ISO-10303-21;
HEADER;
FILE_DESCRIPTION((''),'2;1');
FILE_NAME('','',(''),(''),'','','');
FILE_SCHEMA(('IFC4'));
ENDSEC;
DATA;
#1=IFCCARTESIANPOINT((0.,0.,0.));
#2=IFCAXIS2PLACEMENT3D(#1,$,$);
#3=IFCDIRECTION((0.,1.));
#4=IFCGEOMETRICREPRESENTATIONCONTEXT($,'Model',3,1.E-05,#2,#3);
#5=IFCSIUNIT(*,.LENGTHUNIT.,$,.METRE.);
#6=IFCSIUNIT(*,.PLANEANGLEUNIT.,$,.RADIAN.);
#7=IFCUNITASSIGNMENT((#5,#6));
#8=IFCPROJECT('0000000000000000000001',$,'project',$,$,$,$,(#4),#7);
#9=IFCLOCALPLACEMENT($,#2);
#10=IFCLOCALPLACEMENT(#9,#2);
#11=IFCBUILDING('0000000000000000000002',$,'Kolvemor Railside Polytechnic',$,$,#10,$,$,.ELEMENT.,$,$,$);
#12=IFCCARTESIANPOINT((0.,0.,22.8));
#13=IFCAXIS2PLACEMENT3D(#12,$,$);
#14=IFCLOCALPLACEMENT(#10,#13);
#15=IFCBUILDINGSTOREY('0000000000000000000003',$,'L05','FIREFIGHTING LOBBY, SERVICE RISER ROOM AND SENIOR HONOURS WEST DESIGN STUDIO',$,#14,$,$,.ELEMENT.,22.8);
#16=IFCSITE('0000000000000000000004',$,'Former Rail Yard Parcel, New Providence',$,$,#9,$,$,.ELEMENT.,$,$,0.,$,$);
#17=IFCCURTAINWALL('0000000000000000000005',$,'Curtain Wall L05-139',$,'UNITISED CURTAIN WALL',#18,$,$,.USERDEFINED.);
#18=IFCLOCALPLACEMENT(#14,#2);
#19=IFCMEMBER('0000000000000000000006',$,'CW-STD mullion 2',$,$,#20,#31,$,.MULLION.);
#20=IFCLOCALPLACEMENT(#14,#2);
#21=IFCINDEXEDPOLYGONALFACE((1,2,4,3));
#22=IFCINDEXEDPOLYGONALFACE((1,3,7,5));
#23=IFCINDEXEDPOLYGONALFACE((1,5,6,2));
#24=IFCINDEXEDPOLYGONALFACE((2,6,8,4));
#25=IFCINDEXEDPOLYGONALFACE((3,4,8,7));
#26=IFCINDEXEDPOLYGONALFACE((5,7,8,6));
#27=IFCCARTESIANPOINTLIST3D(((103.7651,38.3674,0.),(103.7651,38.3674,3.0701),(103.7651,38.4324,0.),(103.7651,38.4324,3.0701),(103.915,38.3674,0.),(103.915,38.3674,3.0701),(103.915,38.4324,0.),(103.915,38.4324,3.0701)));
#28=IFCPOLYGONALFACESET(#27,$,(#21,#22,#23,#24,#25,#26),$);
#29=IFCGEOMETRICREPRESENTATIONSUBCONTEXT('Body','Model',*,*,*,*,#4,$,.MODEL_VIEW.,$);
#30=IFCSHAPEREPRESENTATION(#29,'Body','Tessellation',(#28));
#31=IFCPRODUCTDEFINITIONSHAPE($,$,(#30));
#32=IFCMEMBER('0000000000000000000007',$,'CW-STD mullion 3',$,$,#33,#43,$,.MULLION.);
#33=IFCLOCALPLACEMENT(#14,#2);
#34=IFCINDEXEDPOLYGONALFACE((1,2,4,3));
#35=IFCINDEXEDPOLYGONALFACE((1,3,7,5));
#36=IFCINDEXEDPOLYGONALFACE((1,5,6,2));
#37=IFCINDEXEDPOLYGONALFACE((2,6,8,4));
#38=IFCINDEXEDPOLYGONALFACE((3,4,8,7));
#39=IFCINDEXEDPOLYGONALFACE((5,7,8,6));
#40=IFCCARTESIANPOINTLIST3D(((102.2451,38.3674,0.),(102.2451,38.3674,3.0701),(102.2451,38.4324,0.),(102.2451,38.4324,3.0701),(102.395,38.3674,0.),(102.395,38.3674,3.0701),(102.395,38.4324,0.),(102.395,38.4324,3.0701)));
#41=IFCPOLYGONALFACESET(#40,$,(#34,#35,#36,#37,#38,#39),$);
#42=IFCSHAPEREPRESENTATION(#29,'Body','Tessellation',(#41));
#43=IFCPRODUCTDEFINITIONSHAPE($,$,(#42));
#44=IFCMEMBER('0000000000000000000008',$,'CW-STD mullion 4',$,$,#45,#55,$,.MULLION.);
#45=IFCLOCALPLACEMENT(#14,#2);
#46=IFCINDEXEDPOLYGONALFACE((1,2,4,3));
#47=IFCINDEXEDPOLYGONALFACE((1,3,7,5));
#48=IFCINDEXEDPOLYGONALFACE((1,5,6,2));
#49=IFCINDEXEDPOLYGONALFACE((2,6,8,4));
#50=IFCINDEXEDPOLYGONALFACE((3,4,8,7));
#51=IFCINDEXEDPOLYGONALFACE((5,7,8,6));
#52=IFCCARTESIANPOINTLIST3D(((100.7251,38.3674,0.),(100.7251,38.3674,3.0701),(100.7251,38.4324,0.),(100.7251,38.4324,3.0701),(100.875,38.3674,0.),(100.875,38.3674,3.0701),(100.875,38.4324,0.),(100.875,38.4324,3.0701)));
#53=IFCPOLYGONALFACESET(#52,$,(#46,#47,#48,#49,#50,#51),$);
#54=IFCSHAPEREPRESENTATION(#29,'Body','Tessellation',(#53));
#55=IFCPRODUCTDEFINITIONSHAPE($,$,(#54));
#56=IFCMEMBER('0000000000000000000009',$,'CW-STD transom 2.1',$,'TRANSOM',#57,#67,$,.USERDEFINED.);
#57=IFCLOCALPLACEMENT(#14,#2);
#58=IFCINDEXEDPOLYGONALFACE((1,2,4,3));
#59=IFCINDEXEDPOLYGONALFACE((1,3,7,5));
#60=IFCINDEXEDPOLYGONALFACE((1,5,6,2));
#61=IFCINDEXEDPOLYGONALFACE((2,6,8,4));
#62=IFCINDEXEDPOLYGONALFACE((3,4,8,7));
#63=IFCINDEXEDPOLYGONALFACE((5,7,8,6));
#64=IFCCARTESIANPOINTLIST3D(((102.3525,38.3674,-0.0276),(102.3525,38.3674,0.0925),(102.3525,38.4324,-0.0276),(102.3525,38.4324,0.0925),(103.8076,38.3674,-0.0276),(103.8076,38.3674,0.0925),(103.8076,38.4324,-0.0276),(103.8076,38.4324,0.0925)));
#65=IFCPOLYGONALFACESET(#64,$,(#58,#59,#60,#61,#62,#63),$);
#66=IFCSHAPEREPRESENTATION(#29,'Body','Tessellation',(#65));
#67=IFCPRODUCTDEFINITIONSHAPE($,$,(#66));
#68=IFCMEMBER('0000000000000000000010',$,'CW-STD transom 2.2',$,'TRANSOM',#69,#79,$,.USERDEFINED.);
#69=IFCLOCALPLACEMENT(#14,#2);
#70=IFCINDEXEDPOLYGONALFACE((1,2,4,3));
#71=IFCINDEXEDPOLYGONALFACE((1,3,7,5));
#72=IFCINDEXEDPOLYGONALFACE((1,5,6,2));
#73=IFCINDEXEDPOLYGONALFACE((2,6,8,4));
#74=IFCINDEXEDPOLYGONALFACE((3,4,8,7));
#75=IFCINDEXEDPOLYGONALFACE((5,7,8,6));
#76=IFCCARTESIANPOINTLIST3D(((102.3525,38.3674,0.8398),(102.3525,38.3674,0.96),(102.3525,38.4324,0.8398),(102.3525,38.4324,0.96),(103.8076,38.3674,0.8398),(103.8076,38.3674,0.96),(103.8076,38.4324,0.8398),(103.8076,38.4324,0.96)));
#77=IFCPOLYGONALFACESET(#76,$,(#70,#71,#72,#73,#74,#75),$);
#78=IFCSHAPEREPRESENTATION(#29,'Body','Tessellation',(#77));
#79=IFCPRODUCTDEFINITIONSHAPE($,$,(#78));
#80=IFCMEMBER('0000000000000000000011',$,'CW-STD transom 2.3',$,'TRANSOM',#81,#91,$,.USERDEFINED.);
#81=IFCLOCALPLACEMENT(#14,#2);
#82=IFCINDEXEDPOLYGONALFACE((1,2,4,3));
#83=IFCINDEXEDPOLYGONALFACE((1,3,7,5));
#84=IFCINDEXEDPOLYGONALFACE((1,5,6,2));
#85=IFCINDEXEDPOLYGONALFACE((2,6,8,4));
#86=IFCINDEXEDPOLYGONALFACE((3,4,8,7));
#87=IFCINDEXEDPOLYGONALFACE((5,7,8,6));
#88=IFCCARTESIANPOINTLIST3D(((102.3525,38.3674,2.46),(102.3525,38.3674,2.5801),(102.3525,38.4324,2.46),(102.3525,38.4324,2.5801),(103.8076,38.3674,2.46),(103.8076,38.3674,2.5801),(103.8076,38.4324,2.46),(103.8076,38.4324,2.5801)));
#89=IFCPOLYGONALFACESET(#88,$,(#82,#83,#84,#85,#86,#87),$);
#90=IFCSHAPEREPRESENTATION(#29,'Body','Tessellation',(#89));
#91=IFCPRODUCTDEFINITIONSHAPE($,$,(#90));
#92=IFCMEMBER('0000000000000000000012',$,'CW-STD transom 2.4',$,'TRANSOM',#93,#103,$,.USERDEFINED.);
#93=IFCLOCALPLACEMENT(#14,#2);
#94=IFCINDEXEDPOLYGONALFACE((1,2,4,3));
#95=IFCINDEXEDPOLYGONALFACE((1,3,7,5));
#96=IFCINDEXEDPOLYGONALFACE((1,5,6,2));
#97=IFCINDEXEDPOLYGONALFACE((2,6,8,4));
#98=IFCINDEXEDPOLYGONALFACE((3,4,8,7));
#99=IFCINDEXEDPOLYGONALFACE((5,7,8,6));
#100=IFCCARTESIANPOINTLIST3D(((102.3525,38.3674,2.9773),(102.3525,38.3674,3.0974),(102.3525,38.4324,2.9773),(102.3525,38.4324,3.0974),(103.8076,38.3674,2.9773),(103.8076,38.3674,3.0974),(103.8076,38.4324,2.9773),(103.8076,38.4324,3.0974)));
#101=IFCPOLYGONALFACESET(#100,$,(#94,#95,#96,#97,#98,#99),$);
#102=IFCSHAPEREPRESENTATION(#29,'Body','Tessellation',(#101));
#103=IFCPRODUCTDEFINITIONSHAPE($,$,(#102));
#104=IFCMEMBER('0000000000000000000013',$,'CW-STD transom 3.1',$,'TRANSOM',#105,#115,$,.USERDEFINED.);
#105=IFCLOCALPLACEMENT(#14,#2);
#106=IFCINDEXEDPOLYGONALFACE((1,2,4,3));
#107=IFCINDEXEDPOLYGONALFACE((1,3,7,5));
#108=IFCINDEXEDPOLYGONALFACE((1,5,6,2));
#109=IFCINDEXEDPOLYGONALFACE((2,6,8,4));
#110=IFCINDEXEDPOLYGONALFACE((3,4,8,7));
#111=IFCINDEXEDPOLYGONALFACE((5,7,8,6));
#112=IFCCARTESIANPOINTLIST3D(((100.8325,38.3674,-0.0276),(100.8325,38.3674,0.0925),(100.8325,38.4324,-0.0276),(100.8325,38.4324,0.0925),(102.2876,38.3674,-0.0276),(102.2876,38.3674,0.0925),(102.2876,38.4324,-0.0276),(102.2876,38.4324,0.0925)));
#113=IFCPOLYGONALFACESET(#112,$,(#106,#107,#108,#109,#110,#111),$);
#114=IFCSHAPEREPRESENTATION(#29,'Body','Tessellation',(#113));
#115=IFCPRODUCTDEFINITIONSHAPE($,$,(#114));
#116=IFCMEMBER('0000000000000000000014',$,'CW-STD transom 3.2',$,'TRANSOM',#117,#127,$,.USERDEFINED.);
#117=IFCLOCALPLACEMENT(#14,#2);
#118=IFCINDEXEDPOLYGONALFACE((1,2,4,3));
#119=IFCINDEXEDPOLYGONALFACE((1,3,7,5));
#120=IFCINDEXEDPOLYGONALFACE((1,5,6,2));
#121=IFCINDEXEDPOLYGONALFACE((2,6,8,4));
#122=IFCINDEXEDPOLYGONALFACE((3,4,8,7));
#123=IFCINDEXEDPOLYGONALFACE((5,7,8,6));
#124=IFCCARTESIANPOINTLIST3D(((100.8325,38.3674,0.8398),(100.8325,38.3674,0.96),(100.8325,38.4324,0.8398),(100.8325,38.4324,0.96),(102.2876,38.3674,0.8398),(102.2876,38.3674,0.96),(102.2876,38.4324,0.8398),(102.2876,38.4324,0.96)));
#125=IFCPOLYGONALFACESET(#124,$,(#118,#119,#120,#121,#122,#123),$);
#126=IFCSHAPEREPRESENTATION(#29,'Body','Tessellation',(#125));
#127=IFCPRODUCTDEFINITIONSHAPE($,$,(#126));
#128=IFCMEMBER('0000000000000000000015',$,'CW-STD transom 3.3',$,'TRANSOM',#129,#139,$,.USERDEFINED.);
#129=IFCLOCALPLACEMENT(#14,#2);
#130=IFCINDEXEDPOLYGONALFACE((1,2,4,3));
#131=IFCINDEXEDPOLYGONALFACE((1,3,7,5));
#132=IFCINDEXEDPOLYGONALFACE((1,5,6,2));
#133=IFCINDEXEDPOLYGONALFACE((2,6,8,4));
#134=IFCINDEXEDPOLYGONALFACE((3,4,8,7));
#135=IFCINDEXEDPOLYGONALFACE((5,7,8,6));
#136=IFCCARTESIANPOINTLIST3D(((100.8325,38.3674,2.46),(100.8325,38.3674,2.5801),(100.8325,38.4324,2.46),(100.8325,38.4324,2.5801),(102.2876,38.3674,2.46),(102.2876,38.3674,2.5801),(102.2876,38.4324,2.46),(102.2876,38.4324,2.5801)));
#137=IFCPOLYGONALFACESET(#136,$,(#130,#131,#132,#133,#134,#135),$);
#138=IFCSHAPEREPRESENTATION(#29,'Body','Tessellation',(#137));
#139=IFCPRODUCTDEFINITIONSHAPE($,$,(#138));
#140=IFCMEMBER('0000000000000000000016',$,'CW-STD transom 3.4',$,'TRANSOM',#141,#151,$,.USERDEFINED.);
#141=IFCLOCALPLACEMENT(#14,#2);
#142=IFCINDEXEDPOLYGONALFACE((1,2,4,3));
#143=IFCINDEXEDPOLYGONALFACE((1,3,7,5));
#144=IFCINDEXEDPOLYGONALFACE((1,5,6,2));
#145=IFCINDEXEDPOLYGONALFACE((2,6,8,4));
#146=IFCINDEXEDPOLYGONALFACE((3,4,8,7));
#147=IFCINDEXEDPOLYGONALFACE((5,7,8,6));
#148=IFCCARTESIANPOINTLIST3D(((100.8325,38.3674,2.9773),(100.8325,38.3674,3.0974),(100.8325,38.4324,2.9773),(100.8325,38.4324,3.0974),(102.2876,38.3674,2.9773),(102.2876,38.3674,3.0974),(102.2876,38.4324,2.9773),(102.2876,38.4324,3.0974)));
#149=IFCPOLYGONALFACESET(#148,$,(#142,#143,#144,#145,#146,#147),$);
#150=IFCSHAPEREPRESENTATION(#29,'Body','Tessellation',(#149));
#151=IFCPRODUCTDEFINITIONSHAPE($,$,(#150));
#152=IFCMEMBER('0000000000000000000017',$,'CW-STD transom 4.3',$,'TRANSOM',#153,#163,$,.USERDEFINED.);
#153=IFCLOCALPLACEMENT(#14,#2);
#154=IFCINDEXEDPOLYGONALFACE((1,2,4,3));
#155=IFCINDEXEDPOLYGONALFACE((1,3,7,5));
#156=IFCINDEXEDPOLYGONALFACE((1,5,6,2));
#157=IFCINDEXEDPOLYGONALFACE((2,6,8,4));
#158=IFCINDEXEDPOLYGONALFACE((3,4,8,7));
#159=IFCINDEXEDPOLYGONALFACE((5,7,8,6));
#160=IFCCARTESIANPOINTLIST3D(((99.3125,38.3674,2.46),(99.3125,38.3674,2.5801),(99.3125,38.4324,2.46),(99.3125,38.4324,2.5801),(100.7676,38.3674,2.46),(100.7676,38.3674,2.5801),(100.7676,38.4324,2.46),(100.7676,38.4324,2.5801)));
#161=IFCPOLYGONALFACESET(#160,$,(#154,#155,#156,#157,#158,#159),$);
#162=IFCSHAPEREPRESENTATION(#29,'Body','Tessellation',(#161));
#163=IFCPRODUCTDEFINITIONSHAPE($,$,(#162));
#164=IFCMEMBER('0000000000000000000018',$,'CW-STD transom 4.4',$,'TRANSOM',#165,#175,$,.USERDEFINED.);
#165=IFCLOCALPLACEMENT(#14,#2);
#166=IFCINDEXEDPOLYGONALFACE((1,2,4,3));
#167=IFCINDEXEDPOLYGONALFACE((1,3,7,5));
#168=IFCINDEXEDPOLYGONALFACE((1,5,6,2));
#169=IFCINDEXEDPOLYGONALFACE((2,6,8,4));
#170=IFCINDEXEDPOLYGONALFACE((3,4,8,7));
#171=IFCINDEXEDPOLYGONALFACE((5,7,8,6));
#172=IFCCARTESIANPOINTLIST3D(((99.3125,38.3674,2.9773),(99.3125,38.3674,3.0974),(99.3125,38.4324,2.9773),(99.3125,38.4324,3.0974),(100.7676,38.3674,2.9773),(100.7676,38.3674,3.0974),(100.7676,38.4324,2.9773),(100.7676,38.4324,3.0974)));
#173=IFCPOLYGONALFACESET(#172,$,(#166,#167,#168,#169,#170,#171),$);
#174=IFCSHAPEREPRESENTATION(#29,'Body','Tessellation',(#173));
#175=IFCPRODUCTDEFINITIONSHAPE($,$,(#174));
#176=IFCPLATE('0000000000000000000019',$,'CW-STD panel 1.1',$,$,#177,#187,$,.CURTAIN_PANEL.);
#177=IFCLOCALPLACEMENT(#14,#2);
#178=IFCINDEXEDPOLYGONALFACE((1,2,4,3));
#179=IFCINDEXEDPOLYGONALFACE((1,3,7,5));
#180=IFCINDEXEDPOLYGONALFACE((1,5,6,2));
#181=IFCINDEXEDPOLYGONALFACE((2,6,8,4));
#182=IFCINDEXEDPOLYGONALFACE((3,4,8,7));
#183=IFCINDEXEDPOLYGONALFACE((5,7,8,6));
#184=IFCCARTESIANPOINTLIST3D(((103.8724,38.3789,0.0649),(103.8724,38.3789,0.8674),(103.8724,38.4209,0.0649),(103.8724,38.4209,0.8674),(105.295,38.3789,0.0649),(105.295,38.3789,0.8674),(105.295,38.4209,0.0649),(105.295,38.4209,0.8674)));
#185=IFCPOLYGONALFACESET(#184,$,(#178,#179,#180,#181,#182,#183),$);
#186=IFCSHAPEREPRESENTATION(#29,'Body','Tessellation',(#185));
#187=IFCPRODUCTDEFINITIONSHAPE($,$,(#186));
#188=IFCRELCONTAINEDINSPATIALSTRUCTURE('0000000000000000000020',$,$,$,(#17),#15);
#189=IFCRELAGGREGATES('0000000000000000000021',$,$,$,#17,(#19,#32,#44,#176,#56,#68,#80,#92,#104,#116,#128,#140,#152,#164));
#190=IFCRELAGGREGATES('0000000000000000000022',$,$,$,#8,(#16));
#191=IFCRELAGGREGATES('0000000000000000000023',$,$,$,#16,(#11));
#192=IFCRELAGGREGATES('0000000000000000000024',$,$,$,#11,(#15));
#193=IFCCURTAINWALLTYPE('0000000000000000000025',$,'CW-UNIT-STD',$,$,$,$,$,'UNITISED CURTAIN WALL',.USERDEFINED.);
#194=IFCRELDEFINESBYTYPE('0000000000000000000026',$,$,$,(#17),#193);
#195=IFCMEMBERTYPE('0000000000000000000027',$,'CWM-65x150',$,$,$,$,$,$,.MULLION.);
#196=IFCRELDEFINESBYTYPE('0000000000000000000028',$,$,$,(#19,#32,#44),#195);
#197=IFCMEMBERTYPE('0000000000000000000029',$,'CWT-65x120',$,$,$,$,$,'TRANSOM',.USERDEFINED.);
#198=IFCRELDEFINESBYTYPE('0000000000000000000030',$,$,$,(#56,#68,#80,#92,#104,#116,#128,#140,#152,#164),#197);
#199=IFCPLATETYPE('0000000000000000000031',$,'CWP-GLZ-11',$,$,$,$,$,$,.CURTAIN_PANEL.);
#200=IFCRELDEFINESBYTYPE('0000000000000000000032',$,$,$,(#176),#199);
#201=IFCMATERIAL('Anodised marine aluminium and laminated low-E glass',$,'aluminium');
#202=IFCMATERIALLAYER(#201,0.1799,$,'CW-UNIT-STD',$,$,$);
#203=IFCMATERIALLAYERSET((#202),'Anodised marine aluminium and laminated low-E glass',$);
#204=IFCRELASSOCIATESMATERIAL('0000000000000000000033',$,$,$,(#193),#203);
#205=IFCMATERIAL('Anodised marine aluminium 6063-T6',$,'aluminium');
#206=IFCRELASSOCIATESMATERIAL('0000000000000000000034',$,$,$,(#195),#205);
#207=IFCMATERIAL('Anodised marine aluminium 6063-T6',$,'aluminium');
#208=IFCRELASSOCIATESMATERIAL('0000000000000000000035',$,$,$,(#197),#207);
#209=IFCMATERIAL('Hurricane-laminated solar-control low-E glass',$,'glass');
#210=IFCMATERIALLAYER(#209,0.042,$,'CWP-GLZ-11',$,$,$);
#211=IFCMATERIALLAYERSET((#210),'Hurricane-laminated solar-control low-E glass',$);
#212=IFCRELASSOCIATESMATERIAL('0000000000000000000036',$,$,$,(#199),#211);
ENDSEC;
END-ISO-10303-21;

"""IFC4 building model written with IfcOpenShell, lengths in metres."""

from ifc_helpers import new_model, si_unit, direction, frame, origin, origin_2d, place, context, subcontext, project, spatial, rectangle, extrude, material, layer, layer_set, material_profile, profile_set, type_object, element, aggregate, save


model = new_model("IFC4")

# Units and contexts
model_context = context("Model", 3, precision=1e-05, world=origin(), true_north=direction((0.0, 1.0)))
body_context = subcontext(model_context, "Body", "Model", "MODEL_VIEW")
ifc_project = project(units=[si_unit("LENGTHUNIT", "METRE"), si_unit("PLANEANGLEUNIT", "RADIAN")], contexts=[model_context])

# Site, building, storey
site_placement = place(None, origin())
site = spatial("IfcSite", under=ifc_project, at=site_placement, Name="Former Rail Yard Parcel, New Providence", CompositionType="ELEMENT", RefElevation=0.0)
building_placement = place(site_placement, origin())
building = spatial("IfcBuilding", under=site, at=building_placement, Name="Kolvemor Railside Polytechnic", CompositionType="ELEMENT")
storey_placement = place(building_placement, frame((0.0, 0.0, 22.8)))
storey = spatial("IfcBuildingStorey", under=building, at=storey_placement, Name="L05", Description="FIREFIGHTING LOBBY, SERVICE RISER ROOM AND SENIOR HONOURS WEST DESIGN STUDIO", CompositionType="ELEMENT", Elevation=22.8)

# Curtain wall, members, plate
ifc_material_1 = material(Name="Anodised marine aluminium and laminated low-E glass", Category="aluminium")
ifc_layer_1 = layer(ifc_material_1, 0.1799, Name="CW-UNIT-STD")
ifc_layer_set_1 = layer_set([ifc_layer_1], Name="Anodised marine aluminium and laminated low-E glass")
curtain_wall_type = type_object("IfcCurtainWallType", Name="CW-UNIT-STD", ElementType="UNITISED CURTAIN WALL", PredefinedType="USERDEFINED", material=ifc_layer_set_1)
curtain_wall_placement = place(storey_placement, origin())
curtain_wall = element("IfcCurtainWall", 1, at=curtain_wall_placement, inside=storey, type_object=curtain_wall_type, Name="Curtain Wall L05-139", ObjectType="UNITISED CURTAIN WALL", PredefinedType="USERDEFINED")
ifc_material_2 = material(Name="Anodised marine aluminium 6063-T6", Category="aluminium")
ifc_material_profile_1 = material_profile(ifc_material_2, rectangle(XDim=0.0649, YDim=0.1499, at=origin_2d()), Name="CW-MUL-65x150")
ifc_profile_set_1 = profile_set([ifc_material_profile_1], Name="Anodised marine aluminium 6063-T6")
member_type_1 = type_object("IfcMemberType", Name="CWM-65x150", PredefinedType="MULLION", material=ifc_profile_set_1)
member_1_placement = place(storey_placement, frame((103.8401, 38.3999, 0.0), z_axis=(0.0, 0.0, 1.0), x_axis=(0.0, -1.0, 0.0)))
member_1 = element("IfcMember", 2, at=member_1_placement, type_object=member_type_1, Name="CW-STD mullion 2", PredefinedType="MULLION", context=body_context, shape_type="SweptSolid", body=[
    extrude(rectangle(XDim=0.0649, YDim=0.1499, at=origin_2d()), origin(), (0.0, 0.0, 1.0), 3.0701),
])
member_2_placement = place(storey_placement, frame((102.3201, 38.3999, 0.0), z_axis=(0.0, 0.0, 1.0), x_axis=(0.0, -1.0, 0.0)))
member_2 = element("IfcMember", 3, at=member_2_placement, type_object=member_type_1, Name="CW-STD mullion 3", PredefinedType="MULLION", context=body_context, shape_type="SweptSolid", body=[
    extrude(rectangle(XDim=0.0649, YDim=0.1499, at=origin_2d()), origin(), (0.0, 0.0, 1.0), 3.0701),
])
member_3_placement = place(storey_placement, frame((100.8, 38.3999, 0.0), z_axis=(0.0, 0.0, 1.0), x_axis=(0.0, -1.0, 0.0)))
member_3 = element("IfcMember", 4, at=member_3_placement, type_object=member_type_1, Name="CW-STD mullion 4", PredefinedType="MULLION", context=body_context, shape_type="SweptSolid", body=[
    extrude(rectangle(XDim=0.0649, YDim=0.1499, at=origin_2d()), origin(), (0.0, 0.0, 1.0), 3.0701),
])
ifc_material_3 = material(Name="Anodised marine aluminium 6063-T6", Category="aluminium")
ifc_material_profile_2 = material_profile(ifc_material_3, rectangle(XDim=0.0649, YDim=0.1201, at=origin_2d()), Name="CW-TRN-65x120")
ifc_profile_set_2 = profile_set([ifc_material_profile_2], Name="Anodised marine aluminium 6063-T6")
member_type_2 = type_object("IfcMemberType", Name="CWT-65x120", ElementType="TRANSOM", PredefinedType="USERDEFINED", material=ifc_profile_set_2)
member_4_placement = place(storey_placement, frame((103.8076, 38.3999, 0.0325), z_axis=(-1.0, 0.0, 0.0), x_axis=(0.0, -1.0, 0.0)))
member_4 = element("IfcMember", 5, at=member_4_placement, type_object=member_type_2, Name="CW-STD transom 2.1", ObjectType="TRANSOM", PredefinedType="USERDEFINED", context=body_context, shape_type="SweptSolid", body=[
    extrude(rectangle(XDim=0.0649, YDim=0.1201, at=origin_2d()), origin(), (0.0, 0.0, 1.0), 1.4551),
])
member_5_placement = place(storey_placement, frame((103.8076, 38.3999, 0.8999), z_axis=(-1.0, 0.0, 0.0), x_axis=(0.0, -1.0, 0.0)))
member_5 = element("IfcMember", 6, at=member_5_placement, type_object=member_type_2, Name="CW-STD transom 2.2", ObjectType="TRANSOM", PredefinedType="USERDEFINED", context=body_context, shape_type="SweptSolid", body=[
    extrude(rectangle(XDim=0.0649, YDim=0.1201, at=origin_2d()), origin(), (0.0, 0.0, 1.0), 1.4551),
])
member_6_placement = place(storey_placement, frame((103.8076, 38.3999, 2.52), z_axis=(-1.0, 0.0, 0.0), x_axis=(0.0, -1.0, 0.0)))
member_6 = element("IfcMember", 7, at=member_6_placement, type_object=member_type_2, Name="CW-STD transom 2.3", ObjectType="TRANSOM", PredefinedType="USERDEFINED", context=body_context, shape_type="SweptSolid", body=[
    extrude(rectangle(XDim=0.0649, YDim=0.1201, at=origin_2d()), origin(), (0.0, 0.0, 1.0), 1.4551),
])
member_7_placement = place(storey_placement, frame((103.8076, 38.3999, 3.0374), z_axis=(-1.0, 0.0, 0.0), x_axis=(0.0, -1.0, 0.0)))
member_7 = element("IfcMember", 8, at=member_7_placement, type_object=member_type_2, Name="CW-STD transom 2.4", ObjectType="TRANSOM", PredefinedType="USERDEFINED", context=body_context, shape_type="SweptSolid", body=[
    extrude(rectangle(XDim=0.0649, YDim=0.1201, at=origin_2d()), origin(), (0.0, 0.0, 1.0), 1.4551),
])
member_8_placement = place(storey_placement, frame((102.2876, 38.3999, 0.0325), z_axis=(-1.0, 0.0, 0.0), x_axis=(0.0, -1.0, 0.0)))
member_8 = element("IfcMember", 9, at=member_8_placement, type_object=member_type_2, Name="CW-STD transom 3.1", ObjectType="TRANSOM", PredefinedType="USERDEFINED", context=body_context, shape_type="SweptSolid", body=[
    extrude(rectangle(XDim=0.0649, YDim=0.1201, at=origin_2d()), origin(), (0.0, 0.0, 1.0), 1.4551),
])
member_9_placement = place(storey_placement, frame((102.2876, 38.3999, 0.8999), z_axis=(-1.0, 0.0, 0.0), x_axis=(0.0, -1.0, 0.0)))
member_9 = element("IfcMember", 10, at=member_9_placement, type_object=member_type_2, Name="CW-STD transom 3.2", ObjectType="TRANSOM", PredefinedType="USERDEFINED", context=body_context, shape_type="SweptSolid", body=[
    extrude(rectangle(XDim=0.0649, YDim=0.1201, at=origin_2d()), origin(), (0.0, 0.0, 1.0), 1.4551),
])
member_10_placement = place(storey_placement, frame((102.2876, 38.3999, 2.52), z_axis=(-1.0, 0.0, 0.0), x_axis=(0.0, -1.0, 0.0)))
member_10 = element("IfcMember", 11, at=member_10_placement, type_object=member_type_2, Name="CW-STD transom 3.3", ObjectType="TRANSOM", PredefinedType="USERDEFINED", context=body_context, shape_type="SweptSolid", body=[
    extrude(rectangle(XDim=0.0649, YDim=0.1201, at=origin_2d()), origin(), (0.0, 0.0, 1.0), 1.4551),
])
member_11_placement = place(storey_placement, frame((102.2876, 38.3999, 3.0374), z_axis=(-1.0, 0.0, 0.0), x_axis=(0.0, -1.0, 0.0)))
member_11 = element("IfcMember", 12, at=member_11_placement, type_object=member_type_2, Name="CW-STD transom 3.4", ObjectType="TRANSOM", PredefinedType="USERDEFINED", context=body_context, shape_type="SweptSolid", body=[
    extrude(rectangle(XDim=0.0649, YDim=0.1201, at=origin_2d()), origin(), (0.0, 0.0, 1.0), 1.4551),
])
member_12_placement = place(storey_placement, frame((100.7676, 38.3999, 2.52), z_axis=(-1.0, 0.0, 0.0), x_axis=(0.0, -1.0, 0.0)))
member_12 = element("IfcMember", 13, at=member_12_placement, type_object=member_type_2, Name="CW-STD transom 4.3", ObjectType="TRANSOM", PredefinedType="USERDEFINED", context=body_context, shape_type="SweptSolid", body=[
    extrude(rectangle(XDim=0.0649, YDim=0.1201, at=origin_2d()), origin(), (0.0, 0.0, 1.0), 1.4551),
])
member_13_placement = place(storey_placement, frame((100.7676, 38.3999, 3.0374), z_axis=(-1.0, 0.0, 0.0), x_axis=(0.0, -1.0, 0.0)))
member_13 = element("IfcMember", 14, at=member_13_placement, type_object=member_type_2, Name="CW-STD transom 4.4", ObjectType="TRANSOM", PredefinedType="USERDEFINED", context=body_context, shape_type="SweptSolid", body=[
    extrude(rectangle(XDim=0.0649, YDim=0.1201, at=origin_2d()), origin(), (0.0, 0.0, 1.0), 1.4551),
])
ifc_material_4 = material(Name="Hurricane-laminated solar-control low-E glass", Category="glass")
ifc_layer_2 = layer(ifc_material_4, 0.042, Name="CWP-GLZ-11")
ifc_layer_set_2 = layer_set([ifc_layer_2], Name="Hurricane-laminated solar-control low-E glass")
plate_type = type_object("IfcPlateType", Name="CWP-GLZ-11", PredefinedType="CURTAIN_PANEL", material=ifc_layer_set_2)
plate_1_placement = place(storey_placement, frame((104.5837, 38.3999, 0.0649), z_axis=(0.0, 0.0, 1.0), x_axis=(-1.0, 0.0, 0.0)))
plate_1 = element("IfcPlate", 15, at=plate_1_placement, type_object=plate_type, Name="CW-STD panel 1.1", PredefinedType="CURTAIN_PANEL", context=body_context, shape_type="SweptSolid", body=[
    extrude(rectangle(XDim=1.4226, YDim=0.042, at=origin_2d()), origin(), (0.0, 0.0, 1.0), 0.8025),
])
aggregate(curtain_wall, [member_1, member_2, member_3, plate_1, member_4, member_5, member_6, member_7, member_8, member_9, member_10, member_11, member_12, member_13])

save(model, "model.ifc")
